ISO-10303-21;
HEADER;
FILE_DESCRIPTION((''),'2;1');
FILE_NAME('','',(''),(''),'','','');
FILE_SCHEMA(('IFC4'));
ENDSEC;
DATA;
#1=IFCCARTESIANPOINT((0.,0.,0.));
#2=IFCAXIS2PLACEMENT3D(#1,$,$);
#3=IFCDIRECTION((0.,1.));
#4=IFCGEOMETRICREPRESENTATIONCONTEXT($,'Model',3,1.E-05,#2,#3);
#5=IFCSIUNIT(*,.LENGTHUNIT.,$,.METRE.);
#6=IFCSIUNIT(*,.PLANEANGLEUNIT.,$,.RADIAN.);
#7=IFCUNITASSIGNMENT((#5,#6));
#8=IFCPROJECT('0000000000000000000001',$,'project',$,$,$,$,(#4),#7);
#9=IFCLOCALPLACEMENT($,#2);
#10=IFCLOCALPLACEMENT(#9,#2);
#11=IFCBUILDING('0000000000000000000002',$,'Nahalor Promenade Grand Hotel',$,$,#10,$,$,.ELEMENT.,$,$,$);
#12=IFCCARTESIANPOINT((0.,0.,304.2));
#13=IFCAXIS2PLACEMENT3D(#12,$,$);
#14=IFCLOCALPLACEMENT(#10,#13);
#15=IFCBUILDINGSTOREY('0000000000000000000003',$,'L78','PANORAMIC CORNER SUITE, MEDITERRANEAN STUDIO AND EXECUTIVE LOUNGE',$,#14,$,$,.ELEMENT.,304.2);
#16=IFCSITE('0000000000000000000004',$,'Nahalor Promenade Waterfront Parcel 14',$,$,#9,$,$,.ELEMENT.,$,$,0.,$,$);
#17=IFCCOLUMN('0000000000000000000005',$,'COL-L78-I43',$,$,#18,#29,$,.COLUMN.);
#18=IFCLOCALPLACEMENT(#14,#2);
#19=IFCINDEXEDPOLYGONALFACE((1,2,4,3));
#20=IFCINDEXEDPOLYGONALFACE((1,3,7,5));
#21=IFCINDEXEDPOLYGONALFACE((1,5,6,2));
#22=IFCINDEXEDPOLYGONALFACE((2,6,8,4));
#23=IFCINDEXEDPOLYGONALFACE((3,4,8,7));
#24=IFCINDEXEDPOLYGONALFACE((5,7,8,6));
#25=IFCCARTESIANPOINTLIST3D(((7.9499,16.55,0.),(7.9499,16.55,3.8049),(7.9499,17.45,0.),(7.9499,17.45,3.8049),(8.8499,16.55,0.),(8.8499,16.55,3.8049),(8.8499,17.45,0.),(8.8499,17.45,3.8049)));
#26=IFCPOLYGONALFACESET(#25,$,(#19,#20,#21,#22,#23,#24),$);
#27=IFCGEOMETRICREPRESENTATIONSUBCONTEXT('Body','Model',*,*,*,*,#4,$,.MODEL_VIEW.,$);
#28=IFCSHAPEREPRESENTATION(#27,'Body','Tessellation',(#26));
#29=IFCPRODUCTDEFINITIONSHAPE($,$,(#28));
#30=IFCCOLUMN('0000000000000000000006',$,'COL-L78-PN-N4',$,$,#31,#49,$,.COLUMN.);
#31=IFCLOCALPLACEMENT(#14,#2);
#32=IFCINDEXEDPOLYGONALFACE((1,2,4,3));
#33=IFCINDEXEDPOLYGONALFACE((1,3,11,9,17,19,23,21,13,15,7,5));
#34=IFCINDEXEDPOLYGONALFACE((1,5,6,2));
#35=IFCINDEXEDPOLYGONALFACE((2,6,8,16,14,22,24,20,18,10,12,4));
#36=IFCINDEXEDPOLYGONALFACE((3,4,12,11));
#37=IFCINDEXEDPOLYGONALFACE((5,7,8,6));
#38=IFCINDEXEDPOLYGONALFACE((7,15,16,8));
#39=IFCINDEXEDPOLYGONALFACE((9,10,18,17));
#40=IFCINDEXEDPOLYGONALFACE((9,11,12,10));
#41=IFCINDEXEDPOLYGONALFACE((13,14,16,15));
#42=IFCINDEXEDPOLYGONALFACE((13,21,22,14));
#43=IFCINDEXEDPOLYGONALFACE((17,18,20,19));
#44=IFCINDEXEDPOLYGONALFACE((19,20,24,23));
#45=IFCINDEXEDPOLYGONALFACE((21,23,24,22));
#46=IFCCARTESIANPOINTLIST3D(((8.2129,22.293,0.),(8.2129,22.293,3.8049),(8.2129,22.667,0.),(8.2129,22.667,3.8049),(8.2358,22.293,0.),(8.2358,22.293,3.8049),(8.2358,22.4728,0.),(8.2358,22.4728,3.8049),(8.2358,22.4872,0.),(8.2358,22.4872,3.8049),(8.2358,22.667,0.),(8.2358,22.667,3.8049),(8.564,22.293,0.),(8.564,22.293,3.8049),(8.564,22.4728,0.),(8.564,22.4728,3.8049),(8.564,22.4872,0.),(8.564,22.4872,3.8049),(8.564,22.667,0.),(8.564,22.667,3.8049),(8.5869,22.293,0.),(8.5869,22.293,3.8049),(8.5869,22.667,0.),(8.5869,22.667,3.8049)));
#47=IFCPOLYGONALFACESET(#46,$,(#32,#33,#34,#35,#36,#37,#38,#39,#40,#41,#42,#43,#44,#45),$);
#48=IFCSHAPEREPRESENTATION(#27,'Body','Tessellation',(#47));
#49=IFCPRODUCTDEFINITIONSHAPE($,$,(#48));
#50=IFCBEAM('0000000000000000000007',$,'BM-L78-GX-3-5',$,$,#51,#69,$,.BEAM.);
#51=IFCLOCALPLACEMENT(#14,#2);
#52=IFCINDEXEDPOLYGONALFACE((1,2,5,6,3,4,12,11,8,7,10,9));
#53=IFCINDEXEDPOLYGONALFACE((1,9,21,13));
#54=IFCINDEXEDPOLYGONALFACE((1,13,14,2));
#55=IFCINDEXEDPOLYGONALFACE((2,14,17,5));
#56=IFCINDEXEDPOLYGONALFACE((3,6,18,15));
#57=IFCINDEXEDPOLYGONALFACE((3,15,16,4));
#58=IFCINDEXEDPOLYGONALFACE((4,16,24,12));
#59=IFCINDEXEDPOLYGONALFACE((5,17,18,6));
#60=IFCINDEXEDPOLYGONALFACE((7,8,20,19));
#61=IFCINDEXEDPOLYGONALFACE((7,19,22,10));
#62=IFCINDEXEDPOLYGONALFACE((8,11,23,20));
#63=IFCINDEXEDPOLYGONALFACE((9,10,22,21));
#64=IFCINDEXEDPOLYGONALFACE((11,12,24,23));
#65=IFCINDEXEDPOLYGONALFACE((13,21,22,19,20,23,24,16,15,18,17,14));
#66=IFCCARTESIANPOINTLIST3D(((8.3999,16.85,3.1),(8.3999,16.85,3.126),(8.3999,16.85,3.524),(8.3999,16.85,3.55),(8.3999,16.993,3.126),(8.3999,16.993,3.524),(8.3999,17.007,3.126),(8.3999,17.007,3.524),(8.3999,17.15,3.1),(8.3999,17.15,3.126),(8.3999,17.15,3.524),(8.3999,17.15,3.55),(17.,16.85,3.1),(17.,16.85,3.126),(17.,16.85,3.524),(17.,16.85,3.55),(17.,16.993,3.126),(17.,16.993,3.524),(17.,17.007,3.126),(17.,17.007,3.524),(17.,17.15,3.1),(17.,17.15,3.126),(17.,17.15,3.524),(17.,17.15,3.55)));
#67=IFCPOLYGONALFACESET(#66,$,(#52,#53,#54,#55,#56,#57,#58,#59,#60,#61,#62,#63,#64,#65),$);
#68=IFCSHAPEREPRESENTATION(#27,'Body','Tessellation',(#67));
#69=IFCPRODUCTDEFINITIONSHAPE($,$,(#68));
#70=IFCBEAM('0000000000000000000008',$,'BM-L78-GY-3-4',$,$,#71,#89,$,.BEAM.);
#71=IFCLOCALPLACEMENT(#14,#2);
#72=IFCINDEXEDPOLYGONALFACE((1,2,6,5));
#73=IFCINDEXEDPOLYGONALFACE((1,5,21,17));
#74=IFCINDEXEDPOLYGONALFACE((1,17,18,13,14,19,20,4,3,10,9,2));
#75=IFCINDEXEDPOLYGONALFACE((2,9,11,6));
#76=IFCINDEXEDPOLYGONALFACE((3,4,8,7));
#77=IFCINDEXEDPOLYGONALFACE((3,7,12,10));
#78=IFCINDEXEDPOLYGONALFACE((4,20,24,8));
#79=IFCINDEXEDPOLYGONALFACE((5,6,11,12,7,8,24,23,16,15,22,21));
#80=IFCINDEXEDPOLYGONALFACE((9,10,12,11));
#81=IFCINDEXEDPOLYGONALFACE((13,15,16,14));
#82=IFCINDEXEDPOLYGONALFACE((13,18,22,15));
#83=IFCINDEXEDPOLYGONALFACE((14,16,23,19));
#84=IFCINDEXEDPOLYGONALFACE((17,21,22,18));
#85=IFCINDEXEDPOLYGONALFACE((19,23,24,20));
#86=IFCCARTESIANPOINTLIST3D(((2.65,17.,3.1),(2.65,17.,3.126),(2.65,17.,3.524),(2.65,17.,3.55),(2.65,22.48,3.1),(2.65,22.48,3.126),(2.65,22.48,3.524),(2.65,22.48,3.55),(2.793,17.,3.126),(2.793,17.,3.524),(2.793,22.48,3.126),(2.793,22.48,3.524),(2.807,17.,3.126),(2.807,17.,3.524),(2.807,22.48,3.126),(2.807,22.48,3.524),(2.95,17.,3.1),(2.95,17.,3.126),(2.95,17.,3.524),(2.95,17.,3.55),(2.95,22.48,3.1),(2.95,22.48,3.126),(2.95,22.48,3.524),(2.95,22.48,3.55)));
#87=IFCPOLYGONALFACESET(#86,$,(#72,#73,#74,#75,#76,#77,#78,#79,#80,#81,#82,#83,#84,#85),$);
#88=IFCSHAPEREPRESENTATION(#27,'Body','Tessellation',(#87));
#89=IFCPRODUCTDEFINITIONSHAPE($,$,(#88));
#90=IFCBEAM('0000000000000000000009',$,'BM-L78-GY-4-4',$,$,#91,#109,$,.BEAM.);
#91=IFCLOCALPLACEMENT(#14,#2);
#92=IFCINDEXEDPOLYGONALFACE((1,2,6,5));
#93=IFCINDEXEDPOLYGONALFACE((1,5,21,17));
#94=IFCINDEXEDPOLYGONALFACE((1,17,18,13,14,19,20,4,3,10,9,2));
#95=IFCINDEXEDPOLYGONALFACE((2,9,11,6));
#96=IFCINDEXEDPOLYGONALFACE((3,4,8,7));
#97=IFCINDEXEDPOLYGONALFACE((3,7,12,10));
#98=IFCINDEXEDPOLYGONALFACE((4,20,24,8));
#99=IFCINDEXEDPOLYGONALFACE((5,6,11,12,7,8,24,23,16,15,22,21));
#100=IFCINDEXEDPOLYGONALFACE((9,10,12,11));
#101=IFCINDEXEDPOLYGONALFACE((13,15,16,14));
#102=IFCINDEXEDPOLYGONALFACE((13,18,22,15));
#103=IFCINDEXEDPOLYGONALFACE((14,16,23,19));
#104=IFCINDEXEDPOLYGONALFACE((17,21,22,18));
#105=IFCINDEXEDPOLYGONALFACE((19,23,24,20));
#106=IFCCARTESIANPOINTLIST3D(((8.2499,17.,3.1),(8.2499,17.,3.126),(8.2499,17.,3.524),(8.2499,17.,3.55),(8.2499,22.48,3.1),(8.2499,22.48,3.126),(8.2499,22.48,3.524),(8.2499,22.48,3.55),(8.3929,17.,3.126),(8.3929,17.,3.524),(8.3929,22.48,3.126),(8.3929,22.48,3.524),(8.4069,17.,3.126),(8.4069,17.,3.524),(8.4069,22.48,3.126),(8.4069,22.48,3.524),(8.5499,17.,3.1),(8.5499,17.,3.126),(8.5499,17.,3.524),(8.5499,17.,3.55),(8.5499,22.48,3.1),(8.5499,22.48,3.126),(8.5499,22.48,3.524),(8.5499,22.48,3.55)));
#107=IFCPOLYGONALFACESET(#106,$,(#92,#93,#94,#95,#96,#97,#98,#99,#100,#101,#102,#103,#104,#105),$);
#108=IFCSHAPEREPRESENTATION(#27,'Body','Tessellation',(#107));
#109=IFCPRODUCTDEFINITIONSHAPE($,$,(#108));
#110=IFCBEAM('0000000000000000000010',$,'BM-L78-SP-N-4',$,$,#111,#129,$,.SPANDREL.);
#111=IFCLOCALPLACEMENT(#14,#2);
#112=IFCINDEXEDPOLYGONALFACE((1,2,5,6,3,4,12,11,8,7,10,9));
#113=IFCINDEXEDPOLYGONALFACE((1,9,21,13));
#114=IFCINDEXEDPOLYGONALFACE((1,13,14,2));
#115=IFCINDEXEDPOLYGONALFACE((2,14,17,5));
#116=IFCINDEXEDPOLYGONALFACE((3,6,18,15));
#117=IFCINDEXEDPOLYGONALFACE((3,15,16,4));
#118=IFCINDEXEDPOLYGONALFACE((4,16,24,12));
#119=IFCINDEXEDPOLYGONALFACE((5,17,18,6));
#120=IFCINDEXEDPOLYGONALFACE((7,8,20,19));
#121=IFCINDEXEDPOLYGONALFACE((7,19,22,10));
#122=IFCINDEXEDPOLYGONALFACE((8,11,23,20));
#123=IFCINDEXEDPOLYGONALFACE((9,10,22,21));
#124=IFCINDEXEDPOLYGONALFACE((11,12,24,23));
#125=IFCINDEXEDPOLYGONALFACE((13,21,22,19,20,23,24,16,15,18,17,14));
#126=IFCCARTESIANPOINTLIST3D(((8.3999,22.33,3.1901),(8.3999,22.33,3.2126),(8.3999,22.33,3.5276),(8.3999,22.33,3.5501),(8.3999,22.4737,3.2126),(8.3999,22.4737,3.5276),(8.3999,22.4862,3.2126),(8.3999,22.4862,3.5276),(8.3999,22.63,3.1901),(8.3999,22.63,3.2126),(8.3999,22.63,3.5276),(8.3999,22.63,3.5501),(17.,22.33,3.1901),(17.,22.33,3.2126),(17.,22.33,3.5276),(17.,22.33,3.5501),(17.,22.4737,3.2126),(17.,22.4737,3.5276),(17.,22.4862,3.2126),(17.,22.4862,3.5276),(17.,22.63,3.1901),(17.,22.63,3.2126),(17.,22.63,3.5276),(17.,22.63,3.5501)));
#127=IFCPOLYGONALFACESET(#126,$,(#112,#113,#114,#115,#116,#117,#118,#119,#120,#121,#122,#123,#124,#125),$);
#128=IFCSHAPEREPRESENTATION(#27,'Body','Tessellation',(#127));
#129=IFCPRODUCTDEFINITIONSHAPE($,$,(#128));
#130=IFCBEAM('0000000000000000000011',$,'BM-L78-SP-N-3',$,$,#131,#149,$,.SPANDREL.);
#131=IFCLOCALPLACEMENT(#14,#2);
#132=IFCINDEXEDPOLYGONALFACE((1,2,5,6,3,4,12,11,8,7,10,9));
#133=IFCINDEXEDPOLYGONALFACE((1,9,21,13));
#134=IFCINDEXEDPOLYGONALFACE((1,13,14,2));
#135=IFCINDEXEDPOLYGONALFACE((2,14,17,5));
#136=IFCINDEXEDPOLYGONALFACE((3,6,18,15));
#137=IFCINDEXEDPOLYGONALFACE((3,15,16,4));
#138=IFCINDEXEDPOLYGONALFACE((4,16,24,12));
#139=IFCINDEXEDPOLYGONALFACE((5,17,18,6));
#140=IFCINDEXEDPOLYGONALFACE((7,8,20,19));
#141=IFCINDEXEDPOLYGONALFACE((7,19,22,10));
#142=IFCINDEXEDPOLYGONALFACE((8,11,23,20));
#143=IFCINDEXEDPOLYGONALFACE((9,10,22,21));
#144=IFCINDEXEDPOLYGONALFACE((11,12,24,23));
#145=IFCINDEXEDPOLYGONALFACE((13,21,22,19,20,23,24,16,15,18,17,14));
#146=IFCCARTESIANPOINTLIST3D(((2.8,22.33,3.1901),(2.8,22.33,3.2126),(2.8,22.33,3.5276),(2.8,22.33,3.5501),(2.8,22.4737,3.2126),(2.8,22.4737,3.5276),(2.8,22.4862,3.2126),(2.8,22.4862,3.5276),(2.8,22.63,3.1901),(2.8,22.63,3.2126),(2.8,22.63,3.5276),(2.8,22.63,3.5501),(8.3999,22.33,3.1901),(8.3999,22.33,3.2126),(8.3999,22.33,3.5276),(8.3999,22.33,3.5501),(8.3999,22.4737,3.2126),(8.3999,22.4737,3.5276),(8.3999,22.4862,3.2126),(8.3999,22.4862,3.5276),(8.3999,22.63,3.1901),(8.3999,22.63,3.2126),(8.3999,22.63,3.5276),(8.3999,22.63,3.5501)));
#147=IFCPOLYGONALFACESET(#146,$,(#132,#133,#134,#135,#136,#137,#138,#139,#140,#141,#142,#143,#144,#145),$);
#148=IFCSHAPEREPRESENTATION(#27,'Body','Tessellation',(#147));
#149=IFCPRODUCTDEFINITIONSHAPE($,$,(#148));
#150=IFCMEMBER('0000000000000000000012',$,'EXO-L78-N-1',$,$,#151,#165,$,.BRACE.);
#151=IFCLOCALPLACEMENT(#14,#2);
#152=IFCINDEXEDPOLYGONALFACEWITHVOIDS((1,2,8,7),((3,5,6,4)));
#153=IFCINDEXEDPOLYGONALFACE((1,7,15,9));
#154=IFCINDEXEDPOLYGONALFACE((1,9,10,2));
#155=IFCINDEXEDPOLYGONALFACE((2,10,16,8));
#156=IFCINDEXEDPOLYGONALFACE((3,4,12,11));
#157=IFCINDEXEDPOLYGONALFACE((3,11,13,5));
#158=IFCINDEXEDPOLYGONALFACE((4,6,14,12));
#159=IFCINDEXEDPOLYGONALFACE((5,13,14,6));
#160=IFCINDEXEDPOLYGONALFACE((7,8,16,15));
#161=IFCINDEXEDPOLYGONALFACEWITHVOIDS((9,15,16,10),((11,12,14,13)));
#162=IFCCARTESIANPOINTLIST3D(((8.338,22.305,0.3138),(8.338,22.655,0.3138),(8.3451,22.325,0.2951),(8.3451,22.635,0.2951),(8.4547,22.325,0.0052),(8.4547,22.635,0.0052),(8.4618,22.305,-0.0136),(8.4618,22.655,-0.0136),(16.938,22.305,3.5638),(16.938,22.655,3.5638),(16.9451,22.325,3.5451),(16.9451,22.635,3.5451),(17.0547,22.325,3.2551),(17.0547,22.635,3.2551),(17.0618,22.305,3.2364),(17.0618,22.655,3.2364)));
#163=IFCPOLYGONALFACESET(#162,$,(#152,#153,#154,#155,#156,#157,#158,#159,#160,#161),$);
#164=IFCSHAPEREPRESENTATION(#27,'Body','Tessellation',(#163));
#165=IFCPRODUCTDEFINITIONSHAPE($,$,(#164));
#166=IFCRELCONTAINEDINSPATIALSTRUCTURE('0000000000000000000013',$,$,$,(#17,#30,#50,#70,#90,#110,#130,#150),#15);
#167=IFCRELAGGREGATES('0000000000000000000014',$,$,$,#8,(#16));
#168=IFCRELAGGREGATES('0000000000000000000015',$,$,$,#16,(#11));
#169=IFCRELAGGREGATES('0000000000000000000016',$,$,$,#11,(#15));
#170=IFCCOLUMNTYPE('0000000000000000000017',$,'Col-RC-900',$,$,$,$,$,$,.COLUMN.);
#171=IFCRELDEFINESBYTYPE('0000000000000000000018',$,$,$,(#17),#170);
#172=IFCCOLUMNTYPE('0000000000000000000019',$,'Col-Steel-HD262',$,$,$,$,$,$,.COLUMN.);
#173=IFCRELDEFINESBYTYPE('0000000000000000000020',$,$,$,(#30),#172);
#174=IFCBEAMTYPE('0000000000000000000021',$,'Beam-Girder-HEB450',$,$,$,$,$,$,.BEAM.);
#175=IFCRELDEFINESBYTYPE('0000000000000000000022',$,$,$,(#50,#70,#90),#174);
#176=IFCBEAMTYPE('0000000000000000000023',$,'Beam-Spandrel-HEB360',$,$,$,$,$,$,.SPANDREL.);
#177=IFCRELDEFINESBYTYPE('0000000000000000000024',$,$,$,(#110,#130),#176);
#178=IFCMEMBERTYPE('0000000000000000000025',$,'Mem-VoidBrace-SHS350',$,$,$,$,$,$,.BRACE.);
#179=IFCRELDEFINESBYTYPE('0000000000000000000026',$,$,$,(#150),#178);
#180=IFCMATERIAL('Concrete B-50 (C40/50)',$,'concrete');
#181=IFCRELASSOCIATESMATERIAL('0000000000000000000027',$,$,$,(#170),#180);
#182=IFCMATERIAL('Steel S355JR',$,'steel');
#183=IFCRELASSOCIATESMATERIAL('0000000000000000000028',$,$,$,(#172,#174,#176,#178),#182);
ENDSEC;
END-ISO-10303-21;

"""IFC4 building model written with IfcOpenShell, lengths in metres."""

from ifc_helpers import new_model, si_unit, direction, frame, origin, origin_2d, place, context, subcontext, project, spatial, rectangle, hollow_rectangle, i_section, extrude, source, transform, mapped, material, material_profile, profile_set, type_object, element, save


model = new_model("IFC4")

# Units and contexts
model_context = context("Model", 3, precision=1e-05, world=origin(), true_north=direction((0.0, 1.0)))
body_context = subcontext(model_context, "Body", "Model", "MODEL_VIEW")
ifc_project = project(units=[si_unit("LENGTHUNIT", "METRE"), si_unit("PLANEANGLEUNIT", "RADIAN")], contexts=[model_context])

# Site, building, storey
site_placement = place(None, origin())
site = spatial("IfcSite", under=ifc_project, at=site_placement, Name="Nahalor Promenade Waterfront Parcel 14", CompositionType="ELEMENT", RefElevation=0.0)
building_placement = place(site_placement, origin())
building = spatial("IfcBuilding", under=site, at=building_placement, Name="Nahalor Promenade Grand Hotel", CompositionType="ELEMENT")
storey_placement = place(building_placement, frame((0.0, 0.0, 304.2)))
storey = spatial("IfcBuildingStorey", under=building, at=storey_placement, Name="L78", Description="PANORAMIC CORNER SUITE, MEDITERRANEAN STUDIO AND EXECUTIVE LOUNGE", CompositionType="ELEMENT", Elevation=304.2)

# Columns
ifc_material_1 = material(Name="Concrete B-50 (C40/50)", Category="concrete")
ifc_material_profile_1 = material_profile(ifc_material_1, rectangle(XDim=0.9, YDim=0.9, at=origin_2d()), Name="RC 900x900")
ifc_profile_set_1 = profile_set([ifc_material_profile_1], Name="Concrete B-50 (C40/50)")
column_type_1 = type_object("IfcColumnType", Name="Col-RC-900", PredefinedType="COLUMN", material=ifc_profile_set_1)
shared_shape_1 = source(origin(), body_context, "Body", "SweptSolid", [
    extrude(rectangle(XDim=0.9, YDim=0.9, at=origin_2d()), origin(), (0.0, 0.0, 1.0), 3.8049),
])
column_1_placement = place(storey_placement, frame((8.3999, 17.0, 0.0), z_axis=(0.0, 0.0, 1.0), x_axis=(1.0, 0.0, 0.0)))
element("IfcColumn", 1, at=column_1_placement, inside=storey, type_object=column_type_1, Name="COL-L78-I43", PredefinedType="COLUMN", context=body_context, shape_type="MappedRepresentation", body=[
    mapped(shared_shape_1, transform((0.0, 0.0, 0.0), scale=1.0)),
])
ifc_material_2 = material(Name="Steel S355JR", Category="steel")
ifc_material_profile_2 = material_profile(ifc_material_2, i_section(OverallWidth=0.374, OverallDepth=0.374, WebThickness=0.0144, FlangeThickness=0.0229, at=origin_2d()), Name="HD 360x262")
ifc_profile_set_2 = profile_set([ifc_material_profile_2], Name="Steel S355JR")
column_type_2 = type_object("IfcColumnType", Name="Col-Steel-HD262", PredefinedType="COLUMN", material=ifc_profile_set_2)
shared_shape_2 = source(origin(), body_context, "Body", "SweptSolid", [
    extrude(i_section(OverallWidth=0.374, OverallDepth=0.374, WebThickness=0.0144, FlangeThickness=0.0229, at=origin_2d()), origin(), (0.0, 0.0, 1.0), 3.8049),
])
column_2_placement = place(storey_placement, frame((8.3999, 22.48, 0.0), z_axis=(0.0, 0.0, 1.0), x_axis=(0.0, 1.0, 0.0)))
element("IfcColumn", 2, at=column_2_placement, inside=storey, type_object=column_type_2, Name="COL-L78-PN-N4", PredefinedType="COLUMN", context=body_context, shape_type="MappedRepresentation", body=[
    mapped(shared_shape_2, transform((0.0, 0.0, 0.0), scale=1.0)),
])

# Beams
ifc_material_profile_3 = material_profile(ifc_material_2, i_section(OverallWidth=0.3, OverallDepth=0.45, WebThickness=0.014, FlangeThickness=0.026, at=origin_2d()), Name="HEB 450")
ifc_profile_set_3 = profile_set([ifc_material_profile_3], Name="Steel S355JR")
beam_type_1 = type_object("IfcBeamType", Name="Beam-Girder-HEB450", PredefinedType="BEAM", material=ifc_profile_set_3)
shared_shape_3 = source(origin(), body_context, "Body", "SweptSolid", [
    extrude(i_section(OverallWidth=0.3, OverallDepth=0.45, WebThickness=0.014, FlangeThickness=0.026, at=origin_2d()), origin(), (0.0, 0.0, 1.0), 8.6001),
])
beam_1_placement = place(storey_placement, frame((8.3999, 17.0, 3.325), z_axis=(1.0, 0.0, 0.0), x_axis=(0.0, 1.0, 0.0)))
element("IfcBeam", 3, at=beam_1_placement, inside=storey, type_object=beam_type_1, Name="BM-L78-GX-3-5", PredefinedType="BEAM", context=body_context, shape_type="MappedRepresentation", body=[
    mapped(shared_shape_3, transform((0.0, 0.0, 0.0), scale=1.0)),
])
shared_shape_4 = source(origin(), body_context, "Body", "SweptSolid", [
    extrude(i_section(OverallWidth=0.3, OverallDepth=0.45, WebThickness=0.014, FlangeThickness=0.026, at=origin_2d()), origin(), (0.0, 0.0, 1.0), 5.48),
])
for number, where, z_axis, x_axis, name in (
    (4, (2.8, 17.0, 3.325), (0.0, 1.0, 0.0), (-1.0, 0.0, 0.0), "BM-L78-GY-3-4"),
    (5, (8.3999, 17.0, 3.325), (0.0, 1.0, 0.0), (-1.0, 0.0, 0.0), "BM-L78-GY-4-4"),
):
    element("IfcBeam", number, at=place(storey_placement, frame(where, z_axis=z_axis, x_axis=x_axis)), inside=storey, type_object=beam_type_1, Name=name, PredefinedType="BEAM", context=body_context, shape_type="MappedRepresentation", body=[
        mapped(shared_shape_4, transform((0.0, 0.0, 0.0), scale=1.0)),
    ])
ifc_material_profile_4 = material_profile(ifc_material_2, i_section(OverallWidth=0.3, OverallDepth=0.36, WebThickness=0.0125, FlangeThickness=0.0225, at=origin_2d()), Name="HEB 360")
ifc_profile_set_4 = profile_set([ifc_material_profile_4], Name="Steel S355JR")
beam_type_2 = type_object("IfcBeamType", Name="Beam-Spandrel-HEB360", PredefinedType="SPANDREL", material=ifc_profile_set_4)
shared_shape_5 = source(origin(), body_context, "Body", "SweptSolid", [
    extrude(i_section(OverallWidth=0.3, OverallDepth=0.36, WebThickness=0.0125, FlangeThickness=0.0225, at=origin_2d()), origin(), (0.0, 0.0, 1.0), 8.6001),
])
beam_2_placement = place(storey_placement, frame((8.3999, 22.48, 3.3701), z_axis=(1.0, 0.0, 0.0), x_axis=(0.0, 1.0, 0.0)))
element("IfcBeam", 6, at=beam_2_placement, inside=storey, type_object=beam_type_2, Name="BM-L78-SP-N-4", PredefinedType="SPANDREL", context=body_context, shape_type="MappedRepresentation", body=[
    mapped(shared_shape_5, transform((0.0, 0.0, 0.0), scale=1.0)),
])
shared_shape_6 = source(origin(), body_context, "Body", "SweptSolid", [
    extrude(i_section(OverallWidth=0.3, OverallDepth=0.36, WebThickness=0.0125, FlangeThickness=0.0225, at=origin_2d()), origin(), (0.0, 0.0, 1.0), 5.5999),
])
beam_3_placement = place(storey_placement, frame((2.8, 22.48, 3.3701), z_axis=(1.0, 0.0, 0.0), x_axis=(0.0, 1.0, 0.0)))
element("IfcBeam", 7, at=beam_3_placement, inside=storey, type_object=beam_type_2, Name="BM-L78-SP-N-3", PredefinedType="SPANDREL", context=body_context, shape_type="MappedRepresentation", body=[
    mapped(shared_shape_6, transform((0.0, 0.0, 0.0), scale=1.0)),
])

# Member
ifc_material_profile_5 = material_profile(ifc_material_2, hollow_rectangle(XDim=0.35, YDim=0.35, WallThickness=0.02, at=origin_2d()), Name="SHS 350x350x20")
ifc_profile_set_5 = profile_set([ifc_material_profile_5], Name="Steel S355JR")
member_type_1 = type_object("IfcMemberType", Name="Mem-VoidBrace-SHS350", PredefinedType="BRACE", material=ifc_profile_set_5)
shared_shape_7 = source(origin(), body_context, "Body", "SweptSolid", [
    extrude(hollow_rectangle(XDim=0.35, YDim=0.35, WallThickness=0.02, at=origin_2d()), origin(), (0.0, 0.0, 1.0), 9.1936),
])
member_1_placement = place(storey_placement, frame((8.3999, 22.48, 0.1501), z_axis=(0.935433, 0.0, 0.353503), x_axis=(0.0, 1.0, 0.0)))
element("IfcMember", 8, at=member_1_placement, inside=storey, type_object=member_type_1, Name="EXO-L78-N-1", PredefinedType="BRACE", context=body_context, shape_type="MappedRepresentation", body=[
    mapped(shared_shape_7, transform((0.0, 0.0, 0.0), scale=1.0)),
])

save(model, "model.ifc")
